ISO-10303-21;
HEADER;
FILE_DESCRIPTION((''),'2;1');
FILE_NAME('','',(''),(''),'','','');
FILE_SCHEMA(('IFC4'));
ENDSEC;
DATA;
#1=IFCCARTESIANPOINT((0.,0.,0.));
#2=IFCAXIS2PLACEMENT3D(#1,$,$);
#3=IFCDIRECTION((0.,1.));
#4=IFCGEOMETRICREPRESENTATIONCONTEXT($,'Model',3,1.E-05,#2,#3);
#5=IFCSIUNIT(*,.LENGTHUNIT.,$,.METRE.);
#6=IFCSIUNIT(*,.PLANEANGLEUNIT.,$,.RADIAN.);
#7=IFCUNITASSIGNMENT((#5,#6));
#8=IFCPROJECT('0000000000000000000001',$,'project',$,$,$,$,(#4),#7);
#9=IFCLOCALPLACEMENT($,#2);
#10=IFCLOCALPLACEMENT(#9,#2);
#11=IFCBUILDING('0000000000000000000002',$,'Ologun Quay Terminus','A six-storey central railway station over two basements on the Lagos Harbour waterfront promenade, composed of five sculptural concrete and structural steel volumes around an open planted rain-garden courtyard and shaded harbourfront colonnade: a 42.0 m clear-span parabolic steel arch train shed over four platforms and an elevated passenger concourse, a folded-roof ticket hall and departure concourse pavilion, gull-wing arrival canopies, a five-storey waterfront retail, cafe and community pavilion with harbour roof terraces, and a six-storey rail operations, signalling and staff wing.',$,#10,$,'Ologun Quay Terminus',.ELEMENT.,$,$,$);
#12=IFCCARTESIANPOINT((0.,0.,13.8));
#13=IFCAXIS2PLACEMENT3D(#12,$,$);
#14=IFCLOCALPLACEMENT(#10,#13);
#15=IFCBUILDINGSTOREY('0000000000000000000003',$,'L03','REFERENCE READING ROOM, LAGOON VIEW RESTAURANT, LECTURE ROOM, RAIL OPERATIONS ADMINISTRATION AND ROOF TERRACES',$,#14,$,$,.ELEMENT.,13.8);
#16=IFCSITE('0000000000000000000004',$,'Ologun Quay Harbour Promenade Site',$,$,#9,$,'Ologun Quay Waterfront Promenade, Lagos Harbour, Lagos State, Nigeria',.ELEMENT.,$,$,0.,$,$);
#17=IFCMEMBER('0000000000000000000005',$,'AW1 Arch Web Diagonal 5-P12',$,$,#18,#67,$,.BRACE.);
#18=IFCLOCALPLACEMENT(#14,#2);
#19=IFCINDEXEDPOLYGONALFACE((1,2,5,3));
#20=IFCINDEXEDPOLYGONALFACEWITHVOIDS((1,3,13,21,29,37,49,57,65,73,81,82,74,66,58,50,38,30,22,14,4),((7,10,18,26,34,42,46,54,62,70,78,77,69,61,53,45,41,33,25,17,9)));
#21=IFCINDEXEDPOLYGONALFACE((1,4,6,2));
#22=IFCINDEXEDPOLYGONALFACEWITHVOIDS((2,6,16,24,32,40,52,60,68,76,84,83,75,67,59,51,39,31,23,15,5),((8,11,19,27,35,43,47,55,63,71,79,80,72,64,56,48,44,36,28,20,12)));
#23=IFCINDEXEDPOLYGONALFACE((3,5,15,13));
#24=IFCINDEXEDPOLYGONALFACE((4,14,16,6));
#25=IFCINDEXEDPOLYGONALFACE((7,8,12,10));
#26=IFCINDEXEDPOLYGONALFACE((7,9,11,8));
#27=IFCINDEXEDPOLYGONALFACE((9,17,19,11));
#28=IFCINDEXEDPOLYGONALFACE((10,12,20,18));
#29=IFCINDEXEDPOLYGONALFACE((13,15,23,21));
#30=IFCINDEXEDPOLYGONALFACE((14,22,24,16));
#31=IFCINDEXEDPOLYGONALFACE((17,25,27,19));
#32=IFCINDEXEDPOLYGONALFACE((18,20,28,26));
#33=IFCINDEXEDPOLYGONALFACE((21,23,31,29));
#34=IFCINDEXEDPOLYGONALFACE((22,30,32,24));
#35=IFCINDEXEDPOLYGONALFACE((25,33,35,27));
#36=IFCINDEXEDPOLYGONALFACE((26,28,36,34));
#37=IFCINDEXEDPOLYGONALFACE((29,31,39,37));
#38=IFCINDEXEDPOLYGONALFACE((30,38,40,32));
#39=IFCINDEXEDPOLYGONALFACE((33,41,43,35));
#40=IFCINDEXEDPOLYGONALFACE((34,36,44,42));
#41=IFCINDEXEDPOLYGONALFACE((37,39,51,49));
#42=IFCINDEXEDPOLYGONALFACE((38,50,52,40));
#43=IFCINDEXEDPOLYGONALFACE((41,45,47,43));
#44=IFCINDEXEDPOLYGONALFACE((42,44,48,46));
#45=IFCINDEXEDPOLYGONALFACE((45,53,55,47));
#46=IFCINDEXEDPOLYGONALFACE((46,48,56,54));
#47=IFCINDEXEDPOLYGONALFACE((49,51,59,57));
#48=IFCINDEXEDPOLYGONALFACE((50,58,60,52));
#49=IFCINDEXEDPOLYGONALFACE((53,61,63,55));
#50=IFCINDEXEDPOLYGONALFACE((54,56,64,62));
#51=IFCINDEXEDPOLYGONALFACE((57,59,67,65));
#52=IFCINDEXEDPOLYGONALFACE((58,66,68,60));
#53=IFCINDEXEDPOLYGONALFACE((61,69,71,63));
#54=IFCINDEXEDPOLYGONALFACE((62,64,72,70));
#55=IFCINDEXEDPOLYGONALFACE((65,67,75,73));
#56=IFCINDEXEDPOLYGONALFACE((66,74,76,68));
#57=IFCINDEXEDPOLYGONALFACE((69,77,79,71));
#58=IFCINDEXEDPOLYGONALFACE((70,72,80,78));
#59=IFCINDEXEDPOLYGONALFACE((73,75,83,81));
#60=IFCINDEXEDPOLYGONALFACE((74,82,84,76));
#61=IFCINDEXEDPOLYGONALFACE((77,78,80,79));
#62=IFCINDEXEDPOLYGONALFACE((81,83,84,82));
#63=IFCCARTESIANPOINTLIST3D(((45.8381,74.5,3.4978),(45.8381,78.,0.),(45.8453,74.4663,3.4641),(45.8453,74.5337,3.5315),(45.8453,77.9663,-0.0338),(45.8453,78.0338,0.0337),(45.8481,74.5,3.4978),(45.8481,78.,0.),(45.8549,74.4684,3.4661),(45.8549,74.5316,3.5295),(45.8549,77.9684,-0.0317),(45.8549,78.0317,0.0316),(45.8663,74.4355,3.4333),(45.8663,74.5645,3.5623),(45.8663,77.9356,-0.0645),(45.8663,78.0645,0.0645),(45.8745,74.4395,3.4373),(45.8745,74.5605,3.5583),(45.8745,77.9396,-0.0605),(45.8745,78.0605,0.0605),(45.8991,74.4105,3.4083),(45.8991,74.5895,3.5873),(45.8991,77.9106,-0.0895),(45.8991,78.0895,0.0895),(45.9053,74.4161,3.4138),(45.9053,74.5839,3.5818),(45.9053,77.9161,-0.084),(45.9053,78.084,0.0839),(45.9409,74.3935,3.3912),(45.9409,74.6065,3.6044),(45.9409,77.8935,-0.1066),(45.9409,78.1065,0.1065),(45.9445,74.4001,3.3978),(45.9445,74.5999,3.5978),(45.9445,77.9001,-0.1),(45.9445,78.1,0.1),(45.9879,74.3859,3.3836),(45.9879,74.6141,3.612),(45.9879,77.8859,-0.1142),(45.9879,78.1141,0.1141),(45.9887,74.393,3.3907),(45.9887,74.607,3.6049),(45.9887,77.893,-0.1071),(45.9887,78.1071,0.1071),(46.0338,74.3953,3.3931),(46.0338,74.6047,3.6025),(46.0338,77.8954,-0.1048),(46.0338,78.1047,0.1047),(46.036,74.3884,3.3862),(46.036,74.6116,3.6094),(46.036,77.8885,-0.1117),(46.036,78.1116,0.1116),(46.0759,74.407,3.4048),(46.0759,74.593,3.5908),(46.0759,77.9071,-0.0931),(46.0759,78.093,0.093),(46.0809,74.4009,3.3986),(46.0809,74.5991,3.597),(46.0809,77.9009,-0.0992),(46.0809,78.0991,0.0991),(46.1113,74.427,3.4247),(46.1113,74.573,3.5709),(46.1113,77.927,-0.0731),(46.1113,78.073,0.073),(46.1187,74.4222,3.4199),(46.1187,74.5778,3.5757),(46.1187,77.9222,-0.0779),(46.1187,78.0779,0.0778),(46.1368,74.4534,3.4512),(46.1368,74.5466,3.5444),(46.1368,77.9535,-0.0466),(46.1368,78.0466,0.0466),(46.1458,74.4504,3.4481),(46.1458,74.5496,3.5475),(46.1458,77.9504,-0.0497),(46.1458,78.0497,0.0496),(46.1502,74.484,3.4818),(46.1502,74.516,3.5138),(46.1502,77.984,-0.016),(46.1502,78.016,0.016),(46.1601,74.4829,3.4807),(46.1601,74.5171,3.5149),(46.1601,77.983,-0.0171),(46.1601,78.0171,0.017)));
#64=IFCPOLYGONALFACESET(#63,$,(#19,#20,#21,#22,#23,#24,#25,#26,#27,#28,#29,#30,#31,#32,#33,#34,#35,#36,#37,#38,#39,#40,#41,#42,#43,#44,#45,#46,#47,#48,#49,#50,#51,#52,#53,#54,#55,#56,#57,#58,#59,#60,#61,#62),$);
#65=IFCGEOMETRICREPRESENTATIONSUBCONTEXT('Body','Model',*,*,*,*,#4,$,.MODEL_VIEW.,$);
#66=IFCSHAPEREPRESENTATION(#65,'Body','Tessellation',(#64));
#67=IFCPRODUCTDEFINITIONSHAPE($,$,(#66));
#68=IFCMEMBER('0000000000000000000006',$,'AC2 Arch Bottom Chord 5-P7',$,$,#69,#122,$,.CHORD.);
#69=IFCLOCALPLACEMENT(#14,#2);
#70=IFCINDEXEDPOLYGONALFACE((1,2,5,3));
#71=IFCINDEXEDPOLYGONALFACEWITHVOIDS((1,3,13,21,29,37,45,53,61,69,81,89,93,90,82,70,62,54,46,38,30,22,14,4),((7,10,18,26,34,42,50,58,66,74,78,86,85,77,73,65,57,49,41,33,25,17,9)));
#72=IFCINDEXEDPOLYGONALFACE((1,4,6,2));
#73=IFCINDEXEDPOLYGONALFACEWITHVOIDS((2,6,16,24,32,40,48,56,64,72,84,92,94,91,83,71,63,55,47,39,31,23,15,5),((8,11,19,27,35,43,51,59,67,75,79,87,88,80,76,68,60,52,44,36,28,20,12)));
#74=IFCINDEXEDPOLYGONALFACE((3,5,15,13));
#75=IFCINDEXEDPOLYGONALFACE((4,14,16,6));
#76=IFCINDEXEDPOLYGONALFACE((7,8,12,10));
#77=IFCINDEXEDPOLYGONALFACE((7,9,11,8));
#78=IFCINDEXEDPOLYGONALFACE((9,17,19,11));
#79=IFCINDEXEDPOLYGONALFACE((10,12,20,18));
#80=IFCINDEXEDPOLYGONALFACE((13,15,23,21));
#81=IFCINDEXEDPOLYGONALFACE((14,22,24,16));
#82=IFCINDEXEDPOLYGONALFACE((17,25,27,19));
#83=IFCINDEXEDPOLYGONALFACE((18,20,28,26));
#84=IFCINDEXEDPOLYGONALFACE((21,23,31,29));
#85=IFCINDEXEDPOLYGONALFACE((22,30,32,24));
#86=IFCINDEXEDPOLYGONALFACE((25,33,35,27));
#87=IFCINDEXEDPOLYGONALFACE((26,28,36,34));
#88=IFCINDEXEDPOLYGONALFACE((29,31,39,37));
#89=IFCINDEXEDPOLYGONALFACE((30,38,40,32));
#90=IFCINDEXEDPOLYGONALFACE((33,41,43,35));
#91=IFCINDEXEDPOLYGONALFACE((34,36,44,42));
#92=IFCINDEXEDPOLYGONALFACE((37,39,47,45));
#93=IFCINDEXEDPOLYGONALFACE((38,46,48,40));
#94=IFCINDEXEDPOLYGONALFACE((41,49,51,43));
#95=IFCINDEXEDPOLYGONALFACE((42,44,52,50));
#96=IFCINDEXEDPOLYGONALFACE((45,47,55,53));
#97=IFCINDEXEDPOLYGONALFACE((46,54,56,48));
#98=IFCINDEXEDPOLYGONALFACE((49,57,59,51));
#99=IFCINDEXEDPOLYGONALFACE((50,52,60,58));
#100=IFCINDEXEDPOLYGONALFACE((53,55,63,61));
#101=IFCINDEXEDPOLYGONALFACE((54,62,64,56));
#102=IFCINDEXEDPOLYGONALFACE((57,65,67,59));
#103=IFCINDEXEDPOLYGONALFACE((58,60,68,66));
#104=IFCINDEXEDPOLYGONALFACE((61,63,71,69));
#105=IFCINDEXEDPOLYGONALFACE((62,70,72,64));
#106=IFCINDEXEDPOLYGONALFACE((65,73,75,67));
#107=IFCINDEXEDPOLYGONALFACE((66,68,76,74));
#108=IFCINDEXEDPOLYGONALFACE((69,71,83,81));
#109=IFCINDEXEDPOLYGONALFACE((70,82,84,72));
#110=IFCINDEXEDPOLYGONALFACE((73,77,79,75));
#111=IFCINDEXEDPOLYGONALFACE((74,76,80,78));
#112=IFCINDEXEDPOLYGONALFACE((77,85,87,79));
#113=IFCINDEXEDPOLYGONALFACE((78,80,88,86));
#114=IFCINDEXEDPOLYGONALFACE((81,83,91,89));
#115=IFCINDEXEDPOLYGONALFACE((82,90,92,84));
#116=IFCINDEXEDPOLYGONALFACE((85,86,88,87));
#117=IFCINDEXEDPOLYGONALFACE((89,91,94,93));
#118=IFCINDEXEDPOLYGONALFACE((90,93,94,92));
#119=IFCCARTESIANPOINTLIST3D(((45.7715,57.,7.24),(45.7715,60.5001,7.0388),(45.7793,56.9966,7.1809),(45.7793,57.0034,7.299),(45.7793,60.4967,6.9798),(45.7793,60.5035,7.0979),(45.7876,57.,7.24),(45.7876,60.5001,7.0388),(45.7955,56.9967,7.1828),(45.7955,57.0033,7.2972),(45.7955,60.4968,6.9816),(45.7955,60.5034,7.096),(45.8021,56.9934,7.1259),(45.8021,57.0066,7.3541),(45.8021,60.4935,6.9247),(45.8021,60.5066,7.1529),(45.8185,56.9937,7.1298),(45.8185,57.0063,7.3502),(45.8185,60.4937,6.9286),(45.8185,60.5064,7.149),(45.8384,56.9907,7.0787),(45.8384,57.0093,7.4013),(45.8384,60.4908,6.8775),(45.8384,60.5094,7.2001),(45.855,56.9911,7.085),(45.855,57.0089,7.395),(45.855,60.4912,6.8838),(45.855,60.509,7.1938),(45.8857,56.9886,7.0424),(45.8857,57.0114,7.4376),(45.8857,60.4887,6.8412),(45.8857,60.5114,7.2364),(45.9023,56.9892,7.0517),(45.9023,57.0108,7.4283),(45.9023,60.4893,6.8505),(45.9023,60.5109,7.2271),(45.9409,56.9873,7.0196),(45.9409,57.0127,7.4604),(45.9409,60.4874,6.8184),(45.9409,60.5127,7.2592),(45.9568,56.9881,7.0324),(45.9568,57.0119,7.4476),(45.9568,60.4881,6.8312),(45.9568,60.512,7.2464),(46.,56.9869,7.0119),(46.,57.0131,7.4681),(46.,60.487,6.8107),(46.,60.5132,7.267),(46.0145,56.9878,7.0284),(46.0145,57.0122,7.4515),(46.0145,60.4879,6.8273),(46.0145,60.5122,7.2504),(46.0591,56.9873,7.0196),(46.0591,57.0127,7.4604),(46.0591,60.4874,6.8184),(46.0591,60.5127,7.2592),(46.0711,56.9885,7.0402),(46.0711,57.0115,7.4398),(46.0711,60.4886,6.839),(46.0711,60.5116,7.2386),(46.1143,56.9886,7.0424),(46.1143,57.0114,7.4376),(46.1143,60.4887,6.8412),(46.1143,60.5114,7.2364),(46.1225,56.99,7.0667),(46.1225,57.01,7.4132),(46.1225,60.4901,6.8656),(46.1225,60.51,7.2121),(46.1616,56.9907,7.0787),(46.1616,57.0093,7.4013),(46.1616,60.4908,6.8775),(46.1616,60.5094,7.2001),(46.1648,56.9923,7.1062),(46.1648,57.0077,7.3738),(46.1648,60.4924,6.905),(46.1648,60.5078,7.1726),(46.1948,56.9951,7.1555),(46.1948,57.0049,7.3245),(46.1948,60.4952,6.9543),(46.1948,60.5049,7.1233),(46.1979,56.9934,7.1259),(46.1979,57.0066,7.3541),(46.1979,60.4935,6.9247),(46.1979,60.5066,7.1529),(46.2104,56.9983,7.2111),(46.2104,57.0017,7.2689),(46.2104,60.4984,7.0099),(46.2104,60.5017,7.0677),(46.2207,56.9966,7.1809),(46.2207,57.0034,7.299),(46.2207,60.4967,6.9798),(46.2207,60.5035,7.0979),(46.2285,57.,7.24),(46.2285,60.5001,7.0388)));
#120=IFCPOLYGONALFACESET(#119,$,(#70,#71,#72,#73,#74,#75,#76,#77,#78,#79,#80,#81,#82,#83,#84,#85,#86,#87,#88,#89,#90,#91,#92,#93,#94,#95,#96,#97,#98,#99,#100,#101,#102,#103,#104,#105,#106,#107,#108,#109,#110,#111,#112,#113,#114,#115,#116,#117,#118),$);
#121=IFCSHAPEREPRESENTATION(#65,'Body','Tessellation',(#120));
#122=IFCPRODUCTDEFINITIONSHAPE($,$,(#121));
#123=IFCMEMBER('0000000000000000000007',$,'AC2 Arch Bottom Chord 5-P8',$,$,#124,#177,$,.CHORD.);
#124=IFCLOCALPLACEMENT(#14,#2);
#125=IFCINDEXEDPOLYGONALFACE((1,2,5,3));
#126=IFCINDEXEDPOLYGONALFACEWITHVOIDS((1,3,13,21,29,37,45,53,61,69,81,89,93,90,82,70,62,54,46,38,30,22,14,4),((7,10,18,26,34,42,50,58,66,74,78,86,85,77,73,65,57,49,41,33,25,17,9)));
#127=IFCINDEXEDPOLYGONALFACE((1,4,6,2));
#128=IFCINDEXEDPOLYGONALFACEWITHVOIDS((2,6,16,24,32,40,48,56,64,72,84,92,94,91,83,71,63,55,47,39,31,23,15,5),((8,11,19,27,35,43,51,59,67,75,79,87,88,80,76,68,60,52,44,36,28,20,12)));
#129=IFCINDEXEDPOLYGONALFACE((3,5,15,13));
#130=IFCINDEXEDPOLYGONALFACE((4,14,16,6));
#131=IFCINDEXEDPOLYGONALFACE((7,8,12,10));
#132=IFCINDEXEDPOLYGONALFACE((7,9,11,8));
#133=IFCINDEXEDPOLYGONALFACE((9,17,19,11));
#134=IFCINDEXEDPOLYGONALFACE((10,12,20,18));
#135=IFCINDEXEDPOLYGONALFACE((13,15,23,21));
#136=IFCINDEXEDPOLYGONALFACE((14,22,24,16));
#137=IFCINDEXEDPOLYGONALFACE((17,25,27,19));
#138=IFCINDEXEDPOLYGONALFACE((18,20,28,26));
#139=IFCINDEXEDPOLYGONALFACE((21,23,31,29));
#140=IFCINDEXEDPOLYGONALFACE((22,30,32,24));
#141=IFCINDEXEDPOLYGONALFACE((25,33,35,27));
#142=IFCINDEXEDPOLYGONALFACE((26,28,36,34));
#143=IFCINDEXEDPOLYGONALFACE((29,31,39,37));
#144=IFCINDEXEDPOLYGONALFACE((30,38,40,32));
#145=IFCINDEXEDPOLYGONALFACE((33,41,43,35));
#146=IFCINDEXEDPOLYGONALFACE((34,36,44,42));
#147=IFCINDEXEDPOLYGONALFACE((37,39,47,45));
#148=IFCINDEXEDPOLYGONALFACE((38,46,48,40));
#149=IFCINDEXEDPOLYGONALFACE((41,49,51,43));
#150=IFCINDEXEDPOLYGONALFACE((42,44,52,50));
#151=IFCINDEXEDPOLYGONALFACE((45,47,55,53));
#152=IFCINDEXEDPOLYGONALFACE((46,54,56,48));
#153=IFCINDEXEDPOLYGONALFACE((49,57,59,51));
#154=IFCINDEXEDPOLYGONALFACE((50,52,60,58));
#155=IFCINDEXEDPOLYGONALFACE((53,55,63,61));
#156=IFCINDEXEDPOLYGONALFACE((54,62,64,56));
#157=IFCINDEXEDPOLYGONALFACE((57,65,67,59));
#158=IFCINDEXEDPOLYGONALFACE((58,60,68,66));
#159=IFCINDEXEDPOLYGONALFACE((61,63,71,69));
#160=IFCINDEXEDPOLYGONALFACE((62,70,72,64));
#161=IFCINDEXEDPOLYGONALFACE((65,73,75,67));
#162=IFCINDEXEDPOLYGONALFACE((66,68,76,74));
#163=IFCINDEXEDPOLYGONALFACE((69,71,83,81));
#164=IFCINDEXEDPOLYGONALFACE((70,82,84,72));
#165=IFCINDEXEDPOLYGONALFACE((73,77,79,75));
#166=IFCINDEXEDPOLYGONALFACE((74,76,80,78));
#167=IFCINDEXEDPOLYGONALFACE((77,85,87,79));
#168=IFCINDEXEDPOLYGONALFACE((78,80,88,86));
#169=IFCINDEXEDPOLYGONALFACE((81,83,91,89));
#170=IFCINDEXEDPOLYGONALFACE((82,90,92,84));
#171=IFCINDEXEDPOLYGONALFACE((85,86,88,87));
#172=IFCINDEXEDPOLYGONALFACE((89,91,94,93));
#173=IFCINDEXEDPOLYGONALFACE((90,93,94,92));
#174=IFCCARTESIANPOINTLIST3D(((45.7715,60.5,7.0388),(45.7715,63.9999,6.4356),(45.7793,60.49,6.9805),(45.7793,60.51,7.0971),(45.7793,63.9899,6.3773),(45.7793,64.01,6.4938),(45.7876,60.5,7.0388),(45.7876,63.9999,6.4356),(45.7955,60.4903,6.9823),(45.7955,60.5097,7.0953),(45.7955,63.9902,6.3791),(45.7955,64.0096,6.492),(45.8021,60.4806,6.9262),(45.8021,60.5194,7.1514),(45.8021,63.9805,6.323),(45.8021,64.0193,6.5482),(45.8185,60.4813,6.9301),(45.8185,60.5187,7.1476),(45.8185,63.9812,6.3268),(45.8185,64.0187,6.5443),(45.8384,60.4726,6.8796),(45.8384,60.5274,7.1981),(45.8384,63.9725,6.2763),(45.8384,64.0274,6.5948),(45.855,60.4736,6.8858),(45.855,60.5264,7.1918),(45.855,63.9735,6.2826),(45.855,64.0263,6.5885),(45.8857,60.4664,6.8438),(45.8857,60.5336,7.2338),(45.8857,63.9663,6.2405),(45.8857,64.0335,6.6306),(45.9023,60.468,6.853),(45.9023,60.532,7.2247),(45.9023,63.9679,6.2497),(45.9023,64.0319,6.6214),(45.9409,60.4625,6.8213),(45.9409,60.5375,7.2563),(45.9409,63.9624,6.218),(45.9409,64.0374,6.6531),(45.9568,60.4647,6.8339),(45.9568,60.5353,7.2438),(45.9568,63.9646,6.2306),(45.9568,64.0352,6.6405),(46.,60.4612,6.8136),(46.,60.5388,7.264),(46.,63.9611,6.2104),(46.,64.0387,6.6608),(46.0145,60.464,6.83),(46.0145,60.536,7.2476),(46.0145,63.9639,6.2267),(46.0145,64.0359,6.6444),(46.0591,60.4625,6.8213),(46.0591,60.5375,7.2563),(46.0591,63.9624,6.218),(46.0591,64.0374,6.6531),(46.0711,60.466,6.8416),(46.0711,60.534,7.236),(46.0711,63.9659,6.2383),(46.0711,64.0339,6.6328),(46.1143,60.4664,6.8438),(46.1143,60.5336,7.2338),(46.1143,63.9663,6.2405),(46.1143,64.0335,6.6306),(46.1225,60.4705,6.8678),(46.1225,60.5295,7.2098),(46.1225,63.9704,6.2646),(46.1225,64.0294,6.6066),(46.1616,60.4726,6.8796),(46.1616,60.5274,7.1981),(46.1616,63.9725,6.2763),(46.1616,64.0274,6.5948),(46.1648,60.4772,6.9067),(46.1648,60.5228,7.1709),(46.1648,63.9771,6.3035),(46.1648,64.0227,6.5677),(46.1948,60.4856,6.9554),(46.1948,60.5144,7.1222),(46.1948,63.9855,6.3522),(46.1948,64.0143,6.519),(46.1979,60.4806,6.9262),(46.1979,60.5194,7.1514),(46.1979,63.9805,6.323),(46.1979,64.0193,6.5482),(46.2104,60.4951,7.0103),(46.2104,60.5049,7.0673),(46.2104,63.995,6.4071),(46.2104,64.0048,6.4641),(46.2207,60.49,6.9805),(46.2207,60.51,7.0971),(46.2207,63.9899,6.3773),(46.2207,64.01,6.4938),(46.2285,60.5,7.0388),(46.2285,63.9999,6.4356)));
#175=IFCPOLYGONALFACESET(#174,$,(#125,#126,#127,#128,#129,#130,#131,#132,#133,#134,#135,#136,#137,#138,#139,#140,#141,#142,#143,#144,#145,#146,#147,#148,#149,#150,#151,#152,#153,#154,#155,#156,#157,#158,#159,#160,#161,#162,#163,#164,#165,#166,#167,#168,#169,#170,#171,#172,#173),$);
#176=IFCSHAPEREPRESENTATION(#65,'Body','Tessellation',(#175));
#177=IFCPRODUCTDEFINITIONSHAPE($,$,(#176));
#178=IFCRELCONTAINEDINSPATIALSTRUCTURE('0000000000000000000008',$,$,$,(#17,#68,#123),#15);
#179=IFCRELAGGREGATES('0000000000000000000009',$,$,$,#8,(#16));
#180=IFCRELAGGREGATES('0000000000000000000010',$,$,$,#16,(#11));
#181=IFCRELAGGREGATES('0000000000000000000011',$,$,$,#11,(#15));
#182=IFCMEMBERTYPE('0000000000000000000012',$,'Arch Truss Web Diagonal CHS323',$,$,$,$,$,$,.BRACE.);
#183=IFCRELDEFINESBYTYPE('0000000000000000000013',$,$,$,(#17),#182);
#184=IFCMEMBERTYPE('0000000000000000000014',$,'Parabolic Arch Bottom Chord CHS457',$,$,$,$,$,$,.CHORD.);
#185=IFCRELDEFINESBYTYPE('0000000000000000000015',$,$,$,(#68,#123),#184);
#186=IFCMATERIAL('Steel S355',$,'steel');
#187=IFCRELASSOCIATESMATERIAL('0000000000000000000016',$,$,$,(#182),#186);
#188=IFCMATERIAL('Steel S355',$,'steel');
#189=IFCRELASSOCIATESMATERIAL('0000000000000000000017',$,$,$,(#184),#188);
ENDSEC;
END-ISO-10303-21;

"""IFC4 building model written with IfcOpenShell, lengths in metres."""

from ifc_helpers import new_model, si_unit, direction, frame, origin, origin_2d, place, context, subcontext, project, spatial, hollow_circle, extrude, material, material_profile, profile_set, type_object, element, save


model = new_model("IFC4")

# Units and contexts
model_context = context("Model", 3, precision=1e-05, world=origin(), true_north=direction((0.0, 1.0)))
body_context = subcontext(model_context, "Body", "Model", "MODEL_VIEW")
ifc_project = project(units=[si_unit("LENGTHUNIT", "METRE"), si_unit("PLANEANGLEUNIT", "RADIAN")], contexts=[model_context])

# Site, building, storey
site_placement = place(None, origin())
site = spatial("IfcSite", under=ifc_project, at=site_placement, Name="Ologun Quay Harbour Promenade Site", LongName="Ologun Quay Waterfront Promenade, Lagos Harbour, Lagos State, Nigeria", CompositionType="ELEMENT", RefElevation=0.0)
building_placement = place(site_placement, origin())
building = spatial("IfcBuilding", under=site, at=building_placement, Name="Ologun Quay Terminus", Description="A six-storey central railway station over two basements on the Lagos Harbour waterfront promenade, composed of five sculptural concrete and structural steel volumes around an open planted rain-garden courtyard and shaded harbourfront colonnade: a 42.0 m clear-span parabolic steel arch train shed over four platforms and an elevated passenger concourse, a folded-roof ticket hall and departure concourse pavilion, gull-wing arrival canopies, a five-storey waterfront retail, cafe and community pavilion with harbour roof terraces, and a six-storey rail operations, signalling and staff wing.", LongName="Ologun Quay Terminus", CompositionType="ELEMENT")
storey_placement = place(building_placement, frame((0.0, 0.0, 13.8)))
storey = spatial("IfcBuildingStorey", under=building, at=storey_placement, Name="L03", Description="REFERENCE READING ROOM, LAGOON VIEW RESTAURANT, LECTURE ROOM, RAIL OPERATIONS ADMINISTRATION AND ROOF TERRACES", CompositionType="ELEMENT", Elevation=13.8)

# Members
ifc_material_1 = material(Name="Steel S355", Category="steel")
ifc_material_profile_1 = material_profile(ifc_material_1, hollow_circle(Radius=0.1619, WallThickness=0.01, at=origin_2d()), Name="CHS 323.9x10")
ifc_profile_set_1 = profile_set([ifc_material_profile_1], Name="Steel S355")
member_type_1 = type_object("IfcMemberType", Name="Arch Truss Web Diagonal CHS323", PredefinedType="BRACE", material=ifc_profile_set_1)
member_1_placement = place(storey_placement, frame((46.0, 74.5, 3.4978), z_axis=(0.0, 0.707329, -0.706885), x_axis=(-1.0, 0.0, 0.0)))
element("IfcMember", 1, at=member_1_placement, inside=storey, type_object=member_type_1, Name="AW1 Arch Web Diagonal 5-P12", PredefinedType="BRACE", context=body_context, shape_type="SweptSolid", body=[
    extrude(hollow_circle(Radius=0.1619, WallThickness=0.01, at=origin_2d()), origin(), (0.0, 0.0, 1.0), 4.9482),
])
ifc_material_2 = material(Name="Steel S355", Category="steel")
ifc_material_profile_2 = material_profile(ifc_material_2, hollow_circle(Radius=0.2285, WallThickness=0.0161, at=origin_2d()), Name="CHS 457x16")
ifc_profile_set_2 = profile_set([ifc_material_profile_2], Name="Steel S355")
member_type_2 = type_object("IfcMemberType", Name="Parabolic Arch Bottom Chord CHS457", PredefinedType="CHORD", material=ifc_profile_set_2)
member_2_placement = place(storey_placement, frame((46.0, 57.0, 7.24), z_axis=(0.0, 0.998352, -0.057383), x_axis=(-1.0, 0.0, 0.0)))
element("IfcMember", 2, at=member_2_placement, inside=storey, type_object=member_type_2, Name="AC2 Arch Bottom Chord 5-P7", PredefinedType="CHORD", context=body_context, shape_type="SweptSolid", body=[
    extrude(hollow_circle(Radius=0.2285, WallThickness=0.0161, at=origin_2d()), origin(), (0.0, 0.0, 1.0), 3.5059),
])
member_3_placement = place(storey_placement, frame((46.0, 60.5, 7.0388), z_axis=(0.0, 0.985468, -0.169859), x_axis=(-1.0, 0.0, 0.0)))
element("IfcMember", 3, at=member_3_placement, inside=storey, type_object=member_type_2, Name="AC2 Arch Bottom Chord 5-P8", PredefinedType="CHORD", context=body_context, shape_type="SweptSolid", body=[
    extrude(hollow_circle(Radius=0.2285, WallThickness=0.0161, at=origin_2d()), origin(), (0.0, 0.0, 1.0), 3.5515),
])

save(model, "model.ifc")
